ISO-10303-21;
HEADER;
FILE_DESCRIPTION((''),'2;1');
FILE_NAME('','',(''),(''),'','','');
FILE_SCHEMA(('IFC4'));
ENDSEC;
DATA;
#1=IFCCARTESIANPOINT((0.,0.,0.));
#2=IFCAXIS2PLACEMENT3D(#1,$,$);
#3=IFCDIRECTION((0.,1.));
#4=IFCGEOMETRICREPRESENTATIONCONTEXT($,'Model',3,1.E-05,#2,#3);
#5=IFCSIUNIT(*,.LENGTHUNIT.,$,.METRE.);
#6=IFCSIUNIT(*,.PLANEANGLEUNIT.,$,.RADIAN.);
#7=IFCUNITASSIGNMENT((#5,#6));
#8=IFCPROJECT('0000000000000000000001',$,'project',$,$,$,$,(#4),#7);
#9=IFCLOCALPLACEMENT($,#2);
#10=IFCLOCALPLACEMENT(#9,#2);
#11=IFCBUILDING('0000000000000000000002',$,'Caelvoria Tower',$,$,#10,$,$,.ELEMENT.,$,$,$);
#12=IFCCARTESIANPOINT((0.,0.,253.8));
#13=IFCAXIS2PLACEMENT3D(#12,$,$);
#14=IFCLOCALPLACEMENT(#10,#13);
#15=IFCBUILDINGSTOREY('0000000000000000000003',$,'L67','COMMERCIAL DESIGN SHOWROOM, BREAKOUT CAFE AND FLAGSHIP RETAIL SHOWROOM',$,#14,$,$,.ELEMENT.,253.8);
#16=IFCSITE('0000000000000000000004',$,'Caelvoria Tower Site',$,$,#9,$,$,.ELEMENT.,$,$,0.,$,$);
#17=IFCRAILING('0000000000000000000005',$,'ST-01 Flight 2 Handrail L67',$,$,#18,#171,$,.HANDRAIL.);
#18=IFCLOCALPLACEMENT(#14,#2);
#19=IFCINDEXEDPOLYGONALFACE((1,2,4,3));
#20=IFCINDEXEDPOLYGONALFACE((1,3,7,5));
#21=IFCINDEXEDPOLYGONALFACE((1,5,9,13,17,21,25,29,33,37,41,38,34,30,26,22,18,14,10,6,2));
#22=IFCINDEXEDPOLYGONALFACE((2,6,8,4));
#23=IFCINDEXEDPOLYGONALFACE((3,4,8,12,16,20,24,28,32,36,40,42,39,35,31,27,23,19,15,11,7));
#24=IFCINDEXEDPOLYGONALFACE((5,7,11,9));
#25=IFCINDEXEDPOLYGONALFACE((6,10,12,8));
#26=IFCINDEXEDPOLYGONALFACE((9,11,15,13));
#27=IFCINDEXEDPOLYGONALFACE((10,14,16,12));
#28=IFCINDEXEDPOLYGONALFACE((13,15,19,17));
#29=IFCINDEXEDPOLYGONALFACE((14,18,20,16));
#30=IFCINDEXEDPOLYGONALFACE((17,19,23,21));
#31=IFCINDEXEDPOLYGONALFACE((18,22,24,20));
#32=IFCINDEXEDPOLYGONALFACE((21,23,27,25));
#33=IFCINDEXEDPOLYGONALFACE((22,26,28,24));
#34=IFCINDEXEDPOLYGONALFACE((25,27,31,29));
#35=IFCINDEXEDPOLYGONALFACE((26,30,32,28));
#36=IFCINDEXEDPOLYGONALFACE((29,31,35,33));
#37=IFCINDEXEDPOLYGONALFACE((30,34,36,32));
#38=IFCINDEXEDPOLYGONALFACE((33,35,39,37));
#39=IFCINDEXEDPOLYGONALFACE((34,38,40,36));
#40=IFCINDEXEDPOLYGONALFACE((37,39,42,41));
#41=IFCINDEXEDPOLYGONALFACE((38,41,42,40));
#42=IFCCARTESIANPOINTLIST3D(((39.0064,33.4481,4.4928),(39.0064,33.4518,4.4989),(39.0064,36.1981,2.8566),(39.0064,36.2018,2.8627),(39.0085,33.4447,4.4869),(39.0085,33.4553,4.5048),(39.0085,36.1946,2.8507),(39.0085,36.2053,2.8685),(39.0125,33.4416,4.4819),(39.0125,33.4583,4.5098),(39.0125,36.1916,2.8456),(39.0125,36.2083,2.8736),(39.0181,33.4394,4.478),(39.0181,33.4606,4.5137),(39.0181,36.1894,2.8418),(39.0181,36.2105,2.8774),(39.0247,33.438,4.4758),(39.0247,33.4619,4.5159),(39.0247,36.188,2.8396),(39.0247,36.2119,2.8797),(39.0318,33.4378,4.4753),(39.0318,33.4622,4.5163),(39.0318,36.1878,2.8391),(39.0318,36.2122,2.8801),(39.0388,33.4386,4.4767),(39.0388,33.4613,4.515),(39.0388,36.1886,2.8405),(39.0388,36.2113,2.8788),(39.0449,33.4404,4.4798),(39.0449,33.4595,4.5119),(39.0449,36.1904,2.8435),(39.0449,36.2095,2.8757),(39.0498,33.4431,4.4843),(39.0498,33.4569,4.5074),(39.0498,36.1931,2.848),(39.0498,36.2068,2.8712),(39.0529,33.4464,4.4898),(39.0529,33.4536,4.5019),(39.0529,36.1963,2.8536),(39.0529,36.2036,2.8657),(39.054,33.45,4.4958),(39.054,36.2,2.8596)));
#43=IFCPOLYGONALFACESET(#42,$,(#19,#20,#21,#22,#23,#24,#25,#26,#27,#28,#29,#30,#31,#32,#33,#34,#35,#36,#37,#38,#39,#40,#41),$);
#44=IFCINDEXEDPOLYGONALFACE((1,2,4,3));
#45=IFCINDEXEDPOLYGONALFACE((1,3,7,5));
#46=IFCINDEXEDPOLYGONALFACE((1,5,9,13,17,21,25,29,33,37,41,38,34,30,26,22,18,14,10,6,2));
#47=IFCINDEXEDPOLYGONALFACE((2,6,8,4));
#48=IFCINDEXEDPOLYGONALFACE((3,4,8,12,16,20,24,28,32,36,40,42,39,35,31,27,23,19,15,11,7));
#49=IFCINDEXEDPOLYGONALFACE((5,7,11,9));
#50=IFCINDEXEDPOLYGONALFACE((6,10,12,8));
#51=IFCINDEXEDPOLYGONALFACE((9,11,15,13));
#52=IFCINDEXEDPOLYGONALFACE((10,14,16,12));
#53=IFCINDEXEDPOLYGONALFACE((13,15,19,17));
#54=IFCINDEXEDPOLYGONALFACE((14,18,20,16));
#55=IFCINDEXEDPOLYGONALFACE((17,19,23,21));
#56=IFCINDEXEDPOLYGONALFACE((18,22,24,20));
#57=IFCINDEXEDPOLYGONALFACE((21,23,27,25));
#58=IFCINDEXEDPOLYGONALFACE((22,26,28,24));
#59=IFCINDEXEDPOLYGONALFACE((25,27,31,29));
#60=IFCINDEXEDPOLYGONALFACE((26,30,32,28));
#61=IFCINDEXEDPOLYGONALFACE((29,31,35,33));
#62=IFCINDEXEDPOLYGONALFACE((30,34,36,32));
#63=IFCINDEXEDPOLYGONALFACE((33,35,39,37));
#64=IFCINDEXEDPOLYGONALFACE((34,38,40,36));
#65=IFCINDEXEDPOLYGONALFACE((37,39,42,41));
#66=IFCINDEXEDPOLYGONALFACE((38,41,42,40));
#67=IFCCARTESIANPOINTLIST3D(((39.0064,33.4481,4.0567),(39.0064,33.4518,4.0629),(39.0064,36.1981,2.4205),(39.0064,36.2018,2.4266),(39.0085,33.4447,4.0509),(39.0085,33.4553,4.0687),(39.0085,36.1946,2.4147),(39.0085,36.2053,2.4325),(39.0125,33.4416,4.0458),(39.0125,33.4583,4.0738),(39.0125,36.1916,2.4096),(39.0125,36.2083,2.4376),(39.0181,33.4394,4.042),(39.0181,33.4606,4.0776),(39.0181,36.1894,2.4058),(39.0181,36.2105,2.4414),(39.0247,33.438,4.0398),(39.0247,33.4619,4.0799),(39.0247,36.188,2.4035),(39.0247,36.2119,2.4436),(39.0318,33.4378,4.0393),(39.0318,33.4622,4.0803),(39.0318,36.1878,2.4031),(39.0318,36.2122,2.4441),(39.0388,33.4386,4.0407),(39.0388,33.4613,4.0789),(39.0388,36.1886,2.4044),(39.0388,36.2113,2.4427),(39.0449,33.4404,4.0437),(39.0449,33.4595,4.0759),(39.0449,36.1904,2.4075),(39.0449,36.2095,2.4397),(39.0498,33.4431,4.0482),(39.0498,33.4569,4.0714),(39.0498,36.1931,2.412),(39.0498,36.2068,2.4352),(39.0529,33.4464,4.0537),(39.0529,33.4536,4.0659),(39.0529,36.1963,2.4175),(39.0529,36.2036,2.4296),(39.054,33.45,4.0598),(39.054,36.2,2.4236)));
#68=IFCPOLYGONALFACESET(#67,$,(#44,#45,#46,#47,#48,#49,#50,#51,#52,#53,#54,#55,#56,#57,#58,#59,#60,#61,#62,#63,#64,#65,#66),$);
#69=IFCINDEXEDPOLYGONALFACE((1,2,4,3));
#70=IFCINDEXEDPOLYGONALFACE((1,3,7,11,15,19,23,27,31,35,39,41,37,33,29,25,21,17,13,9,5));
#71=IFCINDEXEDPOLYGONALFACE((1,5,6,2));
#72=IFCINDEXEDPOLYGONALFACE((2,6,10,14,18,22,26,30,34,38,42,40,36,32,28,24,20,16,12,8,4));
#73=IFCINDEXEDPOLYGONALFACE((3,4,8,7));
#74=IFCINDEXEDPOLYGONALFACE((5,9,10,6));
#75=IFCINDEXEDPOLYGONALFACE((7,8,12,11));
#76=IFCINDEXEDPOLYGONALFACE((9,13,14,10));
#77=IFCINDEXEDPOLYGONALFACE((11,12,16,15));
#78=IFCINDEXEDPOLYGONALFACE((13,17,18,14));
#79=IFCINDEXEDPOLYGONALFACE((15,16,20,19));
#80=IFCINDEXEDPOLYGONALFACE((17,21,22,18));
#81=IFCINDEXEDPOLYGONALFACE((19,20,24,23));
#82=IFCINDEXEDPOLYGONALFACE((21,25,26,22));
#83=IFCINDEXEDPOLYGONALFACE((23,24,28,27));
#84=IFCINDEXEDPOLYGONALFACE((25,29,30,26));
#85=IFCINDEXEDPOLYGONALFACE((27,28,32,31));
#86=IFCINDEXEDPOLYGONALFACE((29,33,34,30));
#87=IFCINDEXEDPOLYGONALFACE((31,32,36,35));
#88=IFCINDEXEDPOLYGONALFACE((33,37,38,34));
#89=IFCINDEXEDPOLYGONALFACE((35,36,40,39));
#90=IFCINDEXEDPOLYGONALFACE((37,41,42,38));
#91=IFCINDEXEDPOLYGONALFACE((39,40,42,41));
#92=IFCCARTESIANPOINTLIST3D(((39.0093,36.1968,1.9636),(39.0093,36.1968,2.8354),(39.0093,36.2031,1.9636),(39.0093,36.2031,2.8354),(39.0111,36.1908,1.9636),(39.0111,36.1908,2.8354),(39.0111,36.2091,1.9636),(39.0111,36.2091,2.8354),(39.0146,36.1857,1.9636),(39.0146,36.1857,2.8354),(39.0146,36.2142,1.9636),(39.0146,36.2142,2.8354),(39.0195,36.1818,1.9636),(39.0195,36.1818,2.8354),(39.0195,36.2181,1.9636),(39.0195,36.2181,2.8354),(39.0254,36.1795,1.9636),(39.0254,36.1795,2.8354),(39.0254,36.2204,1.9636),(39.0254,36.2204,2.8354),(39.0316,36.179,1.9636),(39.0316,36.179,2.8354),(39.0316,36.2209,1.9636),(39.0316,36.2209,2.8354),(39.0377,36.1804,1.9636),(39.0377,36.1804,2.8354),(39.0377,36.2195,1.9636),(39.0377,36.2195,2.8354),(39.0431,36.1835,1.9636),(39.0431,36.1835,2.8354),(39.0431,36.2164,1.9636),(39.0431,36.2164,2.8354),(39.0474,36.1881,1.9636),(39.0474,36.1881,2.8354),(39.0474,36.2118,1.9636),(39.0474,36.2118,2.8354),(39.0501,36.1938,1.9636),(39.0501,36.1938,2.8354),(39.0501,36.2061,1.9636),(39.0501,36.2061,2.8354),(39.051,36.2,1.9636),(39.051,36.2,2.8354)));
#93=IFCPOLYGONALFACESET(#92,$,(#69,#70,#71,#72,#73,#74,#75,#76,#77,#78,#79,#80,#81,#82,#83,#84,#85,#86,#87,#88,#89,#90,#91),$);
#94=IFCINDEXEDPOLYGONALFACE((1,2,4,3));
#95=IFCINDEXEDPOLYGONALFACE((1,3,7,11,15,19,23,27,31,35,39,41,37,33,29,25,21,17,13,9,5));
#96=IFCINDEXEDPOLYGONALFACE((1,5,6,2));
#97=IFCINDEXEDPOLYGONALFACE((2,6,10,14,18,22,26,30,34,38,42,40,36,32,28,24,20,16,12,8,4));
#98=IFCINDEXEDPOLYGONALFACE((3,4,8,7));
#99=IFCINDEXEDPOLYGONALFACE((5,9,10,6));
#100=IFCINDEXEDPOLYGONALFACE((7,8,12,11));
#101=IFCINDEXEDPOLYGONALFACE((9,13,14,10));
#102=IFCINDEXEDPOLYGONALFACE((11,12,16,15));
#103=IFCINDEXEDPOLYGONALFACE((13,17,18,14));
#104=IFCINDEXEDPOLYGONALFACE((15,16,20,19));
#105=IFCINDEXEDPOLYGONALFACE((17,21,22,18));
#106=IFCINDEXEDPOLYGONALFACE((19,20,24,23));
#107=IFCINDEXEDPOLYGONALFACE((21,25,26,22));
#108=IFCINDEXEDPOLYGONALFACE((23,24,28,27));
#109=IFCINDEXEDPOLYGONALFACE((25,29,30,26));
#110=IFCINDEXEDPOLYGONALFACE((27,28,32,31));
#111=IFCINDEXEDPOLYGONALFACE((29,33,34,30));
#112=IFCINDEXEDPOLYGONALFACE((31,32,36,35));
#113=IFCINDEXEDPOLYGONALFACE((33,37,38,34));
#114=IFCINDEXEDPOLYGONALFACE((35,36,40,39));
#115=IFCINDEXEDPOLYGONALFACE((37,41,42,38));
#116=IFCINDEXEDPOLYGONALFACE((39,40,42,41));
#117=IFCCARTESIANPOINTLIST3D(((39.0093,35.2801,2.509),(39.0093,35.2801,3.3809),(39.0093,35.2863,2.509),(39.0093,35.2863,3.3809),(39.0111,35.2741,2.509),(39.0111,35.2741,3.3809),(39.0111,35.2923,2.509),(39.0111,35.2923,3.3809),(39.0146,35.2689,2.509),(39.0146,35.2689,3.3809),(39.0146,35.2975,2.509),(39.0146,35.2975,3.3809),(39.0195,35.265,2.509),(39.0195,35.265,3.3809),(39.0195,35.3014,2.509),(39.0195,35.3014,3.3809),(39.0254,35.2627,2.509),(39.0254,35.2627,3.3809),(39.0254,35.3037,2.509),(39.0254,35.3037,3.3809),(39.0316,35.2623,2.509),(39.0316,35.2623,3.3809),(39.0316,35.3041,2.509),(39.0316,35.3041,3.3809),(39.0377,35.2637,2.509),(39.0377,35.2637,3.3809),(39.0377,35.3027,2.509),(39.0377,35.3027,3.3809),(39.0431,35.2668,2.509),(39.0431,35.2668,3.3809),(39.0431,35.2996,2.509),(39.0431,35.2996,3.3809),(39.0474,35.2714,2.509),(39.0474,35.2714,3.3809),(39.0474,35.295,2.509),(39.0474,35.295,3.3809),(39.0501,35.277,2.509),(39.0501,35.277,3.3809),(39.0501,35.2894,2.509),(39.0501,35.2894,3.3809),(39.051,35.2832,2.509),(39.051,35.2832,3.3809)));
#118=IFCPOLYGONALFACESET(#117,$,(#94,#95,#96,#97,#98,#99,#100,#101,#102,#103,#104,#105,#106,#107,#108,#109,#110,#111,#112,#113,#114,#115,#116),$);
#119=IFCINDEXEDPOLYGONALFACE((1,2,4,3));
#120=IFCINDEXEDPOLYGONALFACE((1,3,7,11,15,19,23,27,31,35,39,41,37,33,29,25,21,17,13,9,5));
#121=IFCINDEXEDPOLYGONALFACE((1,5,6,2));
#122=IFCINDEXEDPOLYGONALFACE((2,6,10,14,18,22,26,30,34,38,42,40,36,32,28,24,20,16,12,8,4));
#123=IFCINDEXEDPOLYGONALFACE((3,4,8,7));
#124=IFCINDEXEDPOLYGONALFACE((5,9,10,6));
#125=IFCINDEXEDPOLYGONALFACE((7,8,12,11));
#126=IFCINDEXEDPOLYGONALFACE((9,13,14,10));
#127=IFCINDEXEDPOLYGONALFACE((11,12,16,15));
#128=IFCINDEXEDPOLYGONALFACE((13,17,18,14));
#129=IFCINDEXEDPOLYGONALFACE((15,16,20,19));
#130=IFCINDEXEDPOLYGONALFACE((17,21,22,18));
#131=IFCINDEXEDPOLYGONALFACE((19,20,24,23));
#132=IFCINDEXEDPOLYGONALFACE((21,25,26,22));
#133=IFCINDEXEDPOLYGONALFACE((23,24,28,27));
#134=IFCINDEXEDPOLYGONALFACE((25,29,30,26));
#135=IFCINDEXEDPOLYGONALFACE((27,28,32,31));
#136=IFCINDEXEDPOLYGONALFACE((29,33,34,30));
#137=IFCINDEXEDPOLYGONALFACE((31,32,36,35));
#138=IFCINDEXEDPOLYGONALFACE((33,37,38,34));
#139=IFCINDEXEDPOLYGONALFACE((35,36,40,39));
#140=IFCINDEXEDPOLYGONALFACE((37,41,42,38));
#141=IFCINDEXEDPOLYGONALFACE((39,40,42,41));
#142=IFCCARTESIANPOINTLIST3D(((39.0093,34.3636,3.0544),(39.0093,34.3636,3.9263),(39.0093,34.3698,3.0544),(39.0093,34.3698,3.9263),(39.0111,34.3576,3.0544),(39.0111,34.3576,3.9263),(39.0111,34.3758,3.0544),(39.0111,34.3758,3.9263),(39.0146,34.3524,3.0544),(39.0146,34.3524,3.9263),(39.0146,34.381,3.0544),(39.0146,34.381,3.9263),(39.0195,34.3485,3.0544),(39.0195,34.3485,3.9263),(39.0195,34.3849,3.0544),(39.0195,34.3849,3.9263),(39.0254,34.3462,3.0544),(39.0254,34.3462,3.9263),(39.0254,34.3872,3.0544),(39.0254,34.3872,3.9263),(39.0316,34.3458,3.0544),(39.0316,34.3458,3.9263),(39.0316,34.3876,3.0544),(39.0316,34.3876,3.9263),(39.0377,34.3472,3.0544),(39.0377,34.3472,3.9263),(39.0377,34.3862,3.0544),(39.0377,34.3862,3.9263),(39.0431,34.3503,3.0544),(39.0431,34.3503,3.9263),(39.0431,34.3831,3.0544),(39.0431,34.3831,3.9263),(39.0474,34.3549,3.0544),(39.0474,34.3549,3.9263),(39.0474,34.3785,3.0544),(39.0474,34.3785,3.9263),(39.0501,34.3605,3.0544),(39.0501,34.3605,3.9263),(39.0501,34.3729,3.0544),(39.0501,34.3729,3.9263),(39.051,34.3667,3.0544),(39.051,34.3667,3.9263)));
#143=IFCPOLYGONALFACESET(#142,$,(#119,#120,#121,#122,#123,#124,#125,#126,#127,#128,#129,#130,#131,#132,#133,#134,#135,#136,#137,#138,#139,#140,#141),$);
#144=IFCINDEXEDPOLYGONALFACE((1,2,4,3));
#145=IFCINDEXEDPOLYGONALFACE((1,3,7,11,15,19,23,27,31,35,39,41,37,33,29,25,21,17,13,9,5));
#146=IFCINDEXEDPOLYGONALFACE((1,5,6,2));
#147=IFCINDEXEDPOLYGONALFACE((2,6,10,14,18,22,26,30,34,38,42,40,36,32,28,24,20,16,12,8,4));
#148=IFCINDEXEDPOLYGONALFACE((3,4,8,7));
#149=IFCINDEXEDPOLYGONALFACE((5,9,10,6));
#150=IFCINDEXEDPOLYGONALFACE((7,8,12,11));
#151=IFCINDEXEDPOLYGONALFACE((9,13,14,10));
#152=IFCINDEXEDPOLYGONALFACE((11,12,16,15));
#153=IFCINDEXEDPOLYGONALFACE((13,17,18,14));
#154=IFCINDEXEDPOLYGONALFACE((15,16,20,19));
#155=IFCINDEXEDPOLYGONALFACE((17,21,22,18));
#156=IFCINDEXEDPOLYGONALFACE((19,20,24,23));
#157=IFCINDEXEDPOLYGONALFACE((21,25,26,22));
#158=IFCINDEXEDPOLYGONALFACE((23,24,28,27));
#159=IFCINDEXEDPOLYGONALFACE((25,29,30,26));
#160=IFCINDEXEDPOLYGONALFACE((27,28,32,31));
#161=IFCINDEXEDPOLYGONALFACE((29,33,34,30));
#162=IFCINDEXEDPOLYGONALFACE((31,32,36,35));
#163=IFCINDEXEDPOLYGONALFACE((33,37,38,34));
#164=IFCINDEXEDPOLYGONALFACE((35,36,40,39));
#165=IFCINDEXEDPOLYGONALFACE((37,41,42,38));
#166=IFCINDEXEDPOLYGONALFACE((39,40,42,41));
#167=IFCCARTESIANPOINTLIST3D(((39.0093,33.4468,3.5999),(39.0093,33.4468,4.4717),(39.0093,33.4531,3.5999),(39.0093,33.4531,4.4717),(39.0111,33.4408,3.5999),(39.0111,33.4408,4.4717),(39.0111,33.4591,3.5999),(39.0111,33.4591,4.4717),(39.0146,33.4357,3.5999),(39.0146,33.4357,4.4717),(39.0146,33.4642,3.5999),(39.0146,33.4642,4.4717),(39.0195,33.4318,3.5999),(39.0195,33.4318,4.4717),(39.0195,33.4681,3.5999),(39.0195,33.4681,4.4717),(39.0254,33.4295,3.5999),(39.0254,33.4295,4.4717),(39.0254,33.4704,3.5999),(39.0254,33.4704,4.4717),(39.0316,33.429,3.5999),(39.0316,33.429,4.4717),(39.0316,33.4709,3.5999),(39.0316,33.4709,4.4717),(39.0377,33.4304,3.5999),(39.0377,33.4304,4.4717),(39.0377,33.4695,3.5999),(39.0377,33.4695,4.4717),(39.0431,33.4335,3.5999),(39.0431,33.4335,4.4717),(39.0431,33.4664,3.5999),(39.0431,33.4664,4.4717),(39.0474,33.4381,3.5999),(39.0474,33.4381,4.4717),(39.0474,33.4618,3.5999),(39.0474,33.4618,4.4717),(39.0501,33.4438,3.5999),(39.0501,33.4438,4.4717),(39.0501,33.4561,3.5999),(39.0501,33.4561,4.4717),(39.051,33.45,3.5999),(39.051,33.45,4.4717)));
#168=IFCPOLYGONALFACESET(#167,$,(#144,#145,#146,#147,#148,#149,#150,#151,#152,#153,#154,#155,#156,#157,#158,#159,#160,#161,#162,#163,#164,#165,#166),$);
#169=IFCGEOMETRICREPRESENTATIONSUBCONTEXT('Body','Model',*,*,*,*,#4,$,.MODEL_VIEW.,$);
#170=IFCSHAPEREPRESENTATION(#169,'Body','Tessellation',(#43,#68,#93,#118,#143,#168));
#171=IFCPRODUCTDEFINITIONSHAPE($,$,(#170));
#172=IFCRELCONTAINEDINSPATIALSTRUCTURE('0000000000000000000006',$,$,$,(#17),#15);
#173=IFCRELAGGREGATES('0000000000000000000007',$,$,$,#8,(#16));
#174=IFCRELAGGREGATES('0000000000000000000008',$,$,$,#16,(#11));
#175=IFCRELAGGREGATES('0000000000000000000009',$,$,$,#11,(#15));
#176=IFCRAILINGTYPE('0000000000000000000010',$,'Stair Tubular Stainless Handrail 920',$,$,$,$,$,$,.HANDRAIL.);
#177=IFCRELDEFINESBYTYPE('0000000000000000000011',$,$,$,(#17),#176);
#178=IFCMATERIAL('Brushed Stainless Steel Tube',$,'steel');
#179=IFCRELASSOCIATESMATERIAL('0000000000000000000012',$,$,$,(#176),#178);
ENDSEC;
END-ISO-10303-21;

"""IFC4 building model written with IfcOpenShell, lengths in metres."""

from ifc_helpers import new_model, si_unit, direction, frame, origin, origin_2d, place, context, subcontext, project, spatial, circle, extrude, material, type_object, element, save


model = new_model("IFC4")

# Units and contexts
model_context = context("Model", 3, precision=1e-05, world=origin(), true_north=direction((0.0, 1.0)))
body_context = subcontext(model_context, "Body", "Model", "MODEL_VIEW")
ifc_project = project(units=[si_unit("LENGTHUNIT", "METRE"), si_unit("PLANEANGLEUNIT", "RADIAN")], contexts=[model_context])

# Site, building, storey
site_placement = place(None, origin())
site = spatial("IfcSite", under=ifc_project, at=site_placement, Name="Caelvoria Tower Site", CompositionType="ELEMENT", RefElevation=0.0)
building_placement = place(site_placement, origin())
building = spatial("IfcBuilding", under=site, at=building_placement, Name="Caelvoria Tower", CompositionType="ELEMENT")
storey_placement = place(building_placement, frame((0.0, 0.0, 253.8)))
storey = spatial("IfcBuildingStorey", under=building, at=storey_placement, Name="L67", Description="COMMERCIAL DESIGN SHOWROOM, BREAKOUT CAFE AND FLAGSHIP RETAIL SHOWROOM", CompositionType="ELEMENT", Elevation=253.8)

# Railing
ifc_material_1 = material(Name="Brushed Stainless Steel Tube", Category="steel")
railing_type_1 = type_object("IfcRailingType", Name="Stair Tubular Stainless Handrail 920", PredefinedType="HANDRAIL", material=ifc_material_1)
railing_1_placement = place(storey_placement, frame((39.03, 36.2, 1.9636)))
element("IfcRailing", 1, at=railing_1_placement, inside=storey, type_object=railing_type_1, Name="ST-01 Flight 2 Handrail L67", PredefinedType="HANDRAIL", context=body_context, shape_type="SweptSolid", body=[
    extrude(circle(Radius=0.0239, at=origin_2d()), frame((0.0, 0.0, 0.896), z_axis=(0.0, -0.859385, 0.511328), x_axis=(1.0, 0.0, 0.0)), (0.0, 0.0, 1.0), 3.2),
    extrude(circle(Radius=0.0239, at=origin_2d()), frame((0.0, 0.0, 0.46), z_axis=(0.0, -0.859385, 0.511328), x_axis=(1.0, 0.0, 0.0)), (0.0, 0.0, 1.0), 3.2),
    extrude(circle(Radius=0.021, at=origin_2d()), origin(), (0.0, 0.0, 1.0), 0.8718),
    extrude(circle(Radius=0.021, at=origin_2d()), frame((0.0, -0.9167, 0.5454)), (0.0, 0.0, 1.0), 0.8718),
    extrude(circle(Radius=0.021, at=origin_2d()), frame((0.0, -1.8333, 1.0908)), (0.0, 0.0, 1.0), 0.8718),
    extrude(circle(Radius=0.021, at=origin_2d()), frame((0.0, -2.75, 1.6362)), (0.0, 0.0, 1.0), 0.8718),
])

save(model, "model.ifc")
